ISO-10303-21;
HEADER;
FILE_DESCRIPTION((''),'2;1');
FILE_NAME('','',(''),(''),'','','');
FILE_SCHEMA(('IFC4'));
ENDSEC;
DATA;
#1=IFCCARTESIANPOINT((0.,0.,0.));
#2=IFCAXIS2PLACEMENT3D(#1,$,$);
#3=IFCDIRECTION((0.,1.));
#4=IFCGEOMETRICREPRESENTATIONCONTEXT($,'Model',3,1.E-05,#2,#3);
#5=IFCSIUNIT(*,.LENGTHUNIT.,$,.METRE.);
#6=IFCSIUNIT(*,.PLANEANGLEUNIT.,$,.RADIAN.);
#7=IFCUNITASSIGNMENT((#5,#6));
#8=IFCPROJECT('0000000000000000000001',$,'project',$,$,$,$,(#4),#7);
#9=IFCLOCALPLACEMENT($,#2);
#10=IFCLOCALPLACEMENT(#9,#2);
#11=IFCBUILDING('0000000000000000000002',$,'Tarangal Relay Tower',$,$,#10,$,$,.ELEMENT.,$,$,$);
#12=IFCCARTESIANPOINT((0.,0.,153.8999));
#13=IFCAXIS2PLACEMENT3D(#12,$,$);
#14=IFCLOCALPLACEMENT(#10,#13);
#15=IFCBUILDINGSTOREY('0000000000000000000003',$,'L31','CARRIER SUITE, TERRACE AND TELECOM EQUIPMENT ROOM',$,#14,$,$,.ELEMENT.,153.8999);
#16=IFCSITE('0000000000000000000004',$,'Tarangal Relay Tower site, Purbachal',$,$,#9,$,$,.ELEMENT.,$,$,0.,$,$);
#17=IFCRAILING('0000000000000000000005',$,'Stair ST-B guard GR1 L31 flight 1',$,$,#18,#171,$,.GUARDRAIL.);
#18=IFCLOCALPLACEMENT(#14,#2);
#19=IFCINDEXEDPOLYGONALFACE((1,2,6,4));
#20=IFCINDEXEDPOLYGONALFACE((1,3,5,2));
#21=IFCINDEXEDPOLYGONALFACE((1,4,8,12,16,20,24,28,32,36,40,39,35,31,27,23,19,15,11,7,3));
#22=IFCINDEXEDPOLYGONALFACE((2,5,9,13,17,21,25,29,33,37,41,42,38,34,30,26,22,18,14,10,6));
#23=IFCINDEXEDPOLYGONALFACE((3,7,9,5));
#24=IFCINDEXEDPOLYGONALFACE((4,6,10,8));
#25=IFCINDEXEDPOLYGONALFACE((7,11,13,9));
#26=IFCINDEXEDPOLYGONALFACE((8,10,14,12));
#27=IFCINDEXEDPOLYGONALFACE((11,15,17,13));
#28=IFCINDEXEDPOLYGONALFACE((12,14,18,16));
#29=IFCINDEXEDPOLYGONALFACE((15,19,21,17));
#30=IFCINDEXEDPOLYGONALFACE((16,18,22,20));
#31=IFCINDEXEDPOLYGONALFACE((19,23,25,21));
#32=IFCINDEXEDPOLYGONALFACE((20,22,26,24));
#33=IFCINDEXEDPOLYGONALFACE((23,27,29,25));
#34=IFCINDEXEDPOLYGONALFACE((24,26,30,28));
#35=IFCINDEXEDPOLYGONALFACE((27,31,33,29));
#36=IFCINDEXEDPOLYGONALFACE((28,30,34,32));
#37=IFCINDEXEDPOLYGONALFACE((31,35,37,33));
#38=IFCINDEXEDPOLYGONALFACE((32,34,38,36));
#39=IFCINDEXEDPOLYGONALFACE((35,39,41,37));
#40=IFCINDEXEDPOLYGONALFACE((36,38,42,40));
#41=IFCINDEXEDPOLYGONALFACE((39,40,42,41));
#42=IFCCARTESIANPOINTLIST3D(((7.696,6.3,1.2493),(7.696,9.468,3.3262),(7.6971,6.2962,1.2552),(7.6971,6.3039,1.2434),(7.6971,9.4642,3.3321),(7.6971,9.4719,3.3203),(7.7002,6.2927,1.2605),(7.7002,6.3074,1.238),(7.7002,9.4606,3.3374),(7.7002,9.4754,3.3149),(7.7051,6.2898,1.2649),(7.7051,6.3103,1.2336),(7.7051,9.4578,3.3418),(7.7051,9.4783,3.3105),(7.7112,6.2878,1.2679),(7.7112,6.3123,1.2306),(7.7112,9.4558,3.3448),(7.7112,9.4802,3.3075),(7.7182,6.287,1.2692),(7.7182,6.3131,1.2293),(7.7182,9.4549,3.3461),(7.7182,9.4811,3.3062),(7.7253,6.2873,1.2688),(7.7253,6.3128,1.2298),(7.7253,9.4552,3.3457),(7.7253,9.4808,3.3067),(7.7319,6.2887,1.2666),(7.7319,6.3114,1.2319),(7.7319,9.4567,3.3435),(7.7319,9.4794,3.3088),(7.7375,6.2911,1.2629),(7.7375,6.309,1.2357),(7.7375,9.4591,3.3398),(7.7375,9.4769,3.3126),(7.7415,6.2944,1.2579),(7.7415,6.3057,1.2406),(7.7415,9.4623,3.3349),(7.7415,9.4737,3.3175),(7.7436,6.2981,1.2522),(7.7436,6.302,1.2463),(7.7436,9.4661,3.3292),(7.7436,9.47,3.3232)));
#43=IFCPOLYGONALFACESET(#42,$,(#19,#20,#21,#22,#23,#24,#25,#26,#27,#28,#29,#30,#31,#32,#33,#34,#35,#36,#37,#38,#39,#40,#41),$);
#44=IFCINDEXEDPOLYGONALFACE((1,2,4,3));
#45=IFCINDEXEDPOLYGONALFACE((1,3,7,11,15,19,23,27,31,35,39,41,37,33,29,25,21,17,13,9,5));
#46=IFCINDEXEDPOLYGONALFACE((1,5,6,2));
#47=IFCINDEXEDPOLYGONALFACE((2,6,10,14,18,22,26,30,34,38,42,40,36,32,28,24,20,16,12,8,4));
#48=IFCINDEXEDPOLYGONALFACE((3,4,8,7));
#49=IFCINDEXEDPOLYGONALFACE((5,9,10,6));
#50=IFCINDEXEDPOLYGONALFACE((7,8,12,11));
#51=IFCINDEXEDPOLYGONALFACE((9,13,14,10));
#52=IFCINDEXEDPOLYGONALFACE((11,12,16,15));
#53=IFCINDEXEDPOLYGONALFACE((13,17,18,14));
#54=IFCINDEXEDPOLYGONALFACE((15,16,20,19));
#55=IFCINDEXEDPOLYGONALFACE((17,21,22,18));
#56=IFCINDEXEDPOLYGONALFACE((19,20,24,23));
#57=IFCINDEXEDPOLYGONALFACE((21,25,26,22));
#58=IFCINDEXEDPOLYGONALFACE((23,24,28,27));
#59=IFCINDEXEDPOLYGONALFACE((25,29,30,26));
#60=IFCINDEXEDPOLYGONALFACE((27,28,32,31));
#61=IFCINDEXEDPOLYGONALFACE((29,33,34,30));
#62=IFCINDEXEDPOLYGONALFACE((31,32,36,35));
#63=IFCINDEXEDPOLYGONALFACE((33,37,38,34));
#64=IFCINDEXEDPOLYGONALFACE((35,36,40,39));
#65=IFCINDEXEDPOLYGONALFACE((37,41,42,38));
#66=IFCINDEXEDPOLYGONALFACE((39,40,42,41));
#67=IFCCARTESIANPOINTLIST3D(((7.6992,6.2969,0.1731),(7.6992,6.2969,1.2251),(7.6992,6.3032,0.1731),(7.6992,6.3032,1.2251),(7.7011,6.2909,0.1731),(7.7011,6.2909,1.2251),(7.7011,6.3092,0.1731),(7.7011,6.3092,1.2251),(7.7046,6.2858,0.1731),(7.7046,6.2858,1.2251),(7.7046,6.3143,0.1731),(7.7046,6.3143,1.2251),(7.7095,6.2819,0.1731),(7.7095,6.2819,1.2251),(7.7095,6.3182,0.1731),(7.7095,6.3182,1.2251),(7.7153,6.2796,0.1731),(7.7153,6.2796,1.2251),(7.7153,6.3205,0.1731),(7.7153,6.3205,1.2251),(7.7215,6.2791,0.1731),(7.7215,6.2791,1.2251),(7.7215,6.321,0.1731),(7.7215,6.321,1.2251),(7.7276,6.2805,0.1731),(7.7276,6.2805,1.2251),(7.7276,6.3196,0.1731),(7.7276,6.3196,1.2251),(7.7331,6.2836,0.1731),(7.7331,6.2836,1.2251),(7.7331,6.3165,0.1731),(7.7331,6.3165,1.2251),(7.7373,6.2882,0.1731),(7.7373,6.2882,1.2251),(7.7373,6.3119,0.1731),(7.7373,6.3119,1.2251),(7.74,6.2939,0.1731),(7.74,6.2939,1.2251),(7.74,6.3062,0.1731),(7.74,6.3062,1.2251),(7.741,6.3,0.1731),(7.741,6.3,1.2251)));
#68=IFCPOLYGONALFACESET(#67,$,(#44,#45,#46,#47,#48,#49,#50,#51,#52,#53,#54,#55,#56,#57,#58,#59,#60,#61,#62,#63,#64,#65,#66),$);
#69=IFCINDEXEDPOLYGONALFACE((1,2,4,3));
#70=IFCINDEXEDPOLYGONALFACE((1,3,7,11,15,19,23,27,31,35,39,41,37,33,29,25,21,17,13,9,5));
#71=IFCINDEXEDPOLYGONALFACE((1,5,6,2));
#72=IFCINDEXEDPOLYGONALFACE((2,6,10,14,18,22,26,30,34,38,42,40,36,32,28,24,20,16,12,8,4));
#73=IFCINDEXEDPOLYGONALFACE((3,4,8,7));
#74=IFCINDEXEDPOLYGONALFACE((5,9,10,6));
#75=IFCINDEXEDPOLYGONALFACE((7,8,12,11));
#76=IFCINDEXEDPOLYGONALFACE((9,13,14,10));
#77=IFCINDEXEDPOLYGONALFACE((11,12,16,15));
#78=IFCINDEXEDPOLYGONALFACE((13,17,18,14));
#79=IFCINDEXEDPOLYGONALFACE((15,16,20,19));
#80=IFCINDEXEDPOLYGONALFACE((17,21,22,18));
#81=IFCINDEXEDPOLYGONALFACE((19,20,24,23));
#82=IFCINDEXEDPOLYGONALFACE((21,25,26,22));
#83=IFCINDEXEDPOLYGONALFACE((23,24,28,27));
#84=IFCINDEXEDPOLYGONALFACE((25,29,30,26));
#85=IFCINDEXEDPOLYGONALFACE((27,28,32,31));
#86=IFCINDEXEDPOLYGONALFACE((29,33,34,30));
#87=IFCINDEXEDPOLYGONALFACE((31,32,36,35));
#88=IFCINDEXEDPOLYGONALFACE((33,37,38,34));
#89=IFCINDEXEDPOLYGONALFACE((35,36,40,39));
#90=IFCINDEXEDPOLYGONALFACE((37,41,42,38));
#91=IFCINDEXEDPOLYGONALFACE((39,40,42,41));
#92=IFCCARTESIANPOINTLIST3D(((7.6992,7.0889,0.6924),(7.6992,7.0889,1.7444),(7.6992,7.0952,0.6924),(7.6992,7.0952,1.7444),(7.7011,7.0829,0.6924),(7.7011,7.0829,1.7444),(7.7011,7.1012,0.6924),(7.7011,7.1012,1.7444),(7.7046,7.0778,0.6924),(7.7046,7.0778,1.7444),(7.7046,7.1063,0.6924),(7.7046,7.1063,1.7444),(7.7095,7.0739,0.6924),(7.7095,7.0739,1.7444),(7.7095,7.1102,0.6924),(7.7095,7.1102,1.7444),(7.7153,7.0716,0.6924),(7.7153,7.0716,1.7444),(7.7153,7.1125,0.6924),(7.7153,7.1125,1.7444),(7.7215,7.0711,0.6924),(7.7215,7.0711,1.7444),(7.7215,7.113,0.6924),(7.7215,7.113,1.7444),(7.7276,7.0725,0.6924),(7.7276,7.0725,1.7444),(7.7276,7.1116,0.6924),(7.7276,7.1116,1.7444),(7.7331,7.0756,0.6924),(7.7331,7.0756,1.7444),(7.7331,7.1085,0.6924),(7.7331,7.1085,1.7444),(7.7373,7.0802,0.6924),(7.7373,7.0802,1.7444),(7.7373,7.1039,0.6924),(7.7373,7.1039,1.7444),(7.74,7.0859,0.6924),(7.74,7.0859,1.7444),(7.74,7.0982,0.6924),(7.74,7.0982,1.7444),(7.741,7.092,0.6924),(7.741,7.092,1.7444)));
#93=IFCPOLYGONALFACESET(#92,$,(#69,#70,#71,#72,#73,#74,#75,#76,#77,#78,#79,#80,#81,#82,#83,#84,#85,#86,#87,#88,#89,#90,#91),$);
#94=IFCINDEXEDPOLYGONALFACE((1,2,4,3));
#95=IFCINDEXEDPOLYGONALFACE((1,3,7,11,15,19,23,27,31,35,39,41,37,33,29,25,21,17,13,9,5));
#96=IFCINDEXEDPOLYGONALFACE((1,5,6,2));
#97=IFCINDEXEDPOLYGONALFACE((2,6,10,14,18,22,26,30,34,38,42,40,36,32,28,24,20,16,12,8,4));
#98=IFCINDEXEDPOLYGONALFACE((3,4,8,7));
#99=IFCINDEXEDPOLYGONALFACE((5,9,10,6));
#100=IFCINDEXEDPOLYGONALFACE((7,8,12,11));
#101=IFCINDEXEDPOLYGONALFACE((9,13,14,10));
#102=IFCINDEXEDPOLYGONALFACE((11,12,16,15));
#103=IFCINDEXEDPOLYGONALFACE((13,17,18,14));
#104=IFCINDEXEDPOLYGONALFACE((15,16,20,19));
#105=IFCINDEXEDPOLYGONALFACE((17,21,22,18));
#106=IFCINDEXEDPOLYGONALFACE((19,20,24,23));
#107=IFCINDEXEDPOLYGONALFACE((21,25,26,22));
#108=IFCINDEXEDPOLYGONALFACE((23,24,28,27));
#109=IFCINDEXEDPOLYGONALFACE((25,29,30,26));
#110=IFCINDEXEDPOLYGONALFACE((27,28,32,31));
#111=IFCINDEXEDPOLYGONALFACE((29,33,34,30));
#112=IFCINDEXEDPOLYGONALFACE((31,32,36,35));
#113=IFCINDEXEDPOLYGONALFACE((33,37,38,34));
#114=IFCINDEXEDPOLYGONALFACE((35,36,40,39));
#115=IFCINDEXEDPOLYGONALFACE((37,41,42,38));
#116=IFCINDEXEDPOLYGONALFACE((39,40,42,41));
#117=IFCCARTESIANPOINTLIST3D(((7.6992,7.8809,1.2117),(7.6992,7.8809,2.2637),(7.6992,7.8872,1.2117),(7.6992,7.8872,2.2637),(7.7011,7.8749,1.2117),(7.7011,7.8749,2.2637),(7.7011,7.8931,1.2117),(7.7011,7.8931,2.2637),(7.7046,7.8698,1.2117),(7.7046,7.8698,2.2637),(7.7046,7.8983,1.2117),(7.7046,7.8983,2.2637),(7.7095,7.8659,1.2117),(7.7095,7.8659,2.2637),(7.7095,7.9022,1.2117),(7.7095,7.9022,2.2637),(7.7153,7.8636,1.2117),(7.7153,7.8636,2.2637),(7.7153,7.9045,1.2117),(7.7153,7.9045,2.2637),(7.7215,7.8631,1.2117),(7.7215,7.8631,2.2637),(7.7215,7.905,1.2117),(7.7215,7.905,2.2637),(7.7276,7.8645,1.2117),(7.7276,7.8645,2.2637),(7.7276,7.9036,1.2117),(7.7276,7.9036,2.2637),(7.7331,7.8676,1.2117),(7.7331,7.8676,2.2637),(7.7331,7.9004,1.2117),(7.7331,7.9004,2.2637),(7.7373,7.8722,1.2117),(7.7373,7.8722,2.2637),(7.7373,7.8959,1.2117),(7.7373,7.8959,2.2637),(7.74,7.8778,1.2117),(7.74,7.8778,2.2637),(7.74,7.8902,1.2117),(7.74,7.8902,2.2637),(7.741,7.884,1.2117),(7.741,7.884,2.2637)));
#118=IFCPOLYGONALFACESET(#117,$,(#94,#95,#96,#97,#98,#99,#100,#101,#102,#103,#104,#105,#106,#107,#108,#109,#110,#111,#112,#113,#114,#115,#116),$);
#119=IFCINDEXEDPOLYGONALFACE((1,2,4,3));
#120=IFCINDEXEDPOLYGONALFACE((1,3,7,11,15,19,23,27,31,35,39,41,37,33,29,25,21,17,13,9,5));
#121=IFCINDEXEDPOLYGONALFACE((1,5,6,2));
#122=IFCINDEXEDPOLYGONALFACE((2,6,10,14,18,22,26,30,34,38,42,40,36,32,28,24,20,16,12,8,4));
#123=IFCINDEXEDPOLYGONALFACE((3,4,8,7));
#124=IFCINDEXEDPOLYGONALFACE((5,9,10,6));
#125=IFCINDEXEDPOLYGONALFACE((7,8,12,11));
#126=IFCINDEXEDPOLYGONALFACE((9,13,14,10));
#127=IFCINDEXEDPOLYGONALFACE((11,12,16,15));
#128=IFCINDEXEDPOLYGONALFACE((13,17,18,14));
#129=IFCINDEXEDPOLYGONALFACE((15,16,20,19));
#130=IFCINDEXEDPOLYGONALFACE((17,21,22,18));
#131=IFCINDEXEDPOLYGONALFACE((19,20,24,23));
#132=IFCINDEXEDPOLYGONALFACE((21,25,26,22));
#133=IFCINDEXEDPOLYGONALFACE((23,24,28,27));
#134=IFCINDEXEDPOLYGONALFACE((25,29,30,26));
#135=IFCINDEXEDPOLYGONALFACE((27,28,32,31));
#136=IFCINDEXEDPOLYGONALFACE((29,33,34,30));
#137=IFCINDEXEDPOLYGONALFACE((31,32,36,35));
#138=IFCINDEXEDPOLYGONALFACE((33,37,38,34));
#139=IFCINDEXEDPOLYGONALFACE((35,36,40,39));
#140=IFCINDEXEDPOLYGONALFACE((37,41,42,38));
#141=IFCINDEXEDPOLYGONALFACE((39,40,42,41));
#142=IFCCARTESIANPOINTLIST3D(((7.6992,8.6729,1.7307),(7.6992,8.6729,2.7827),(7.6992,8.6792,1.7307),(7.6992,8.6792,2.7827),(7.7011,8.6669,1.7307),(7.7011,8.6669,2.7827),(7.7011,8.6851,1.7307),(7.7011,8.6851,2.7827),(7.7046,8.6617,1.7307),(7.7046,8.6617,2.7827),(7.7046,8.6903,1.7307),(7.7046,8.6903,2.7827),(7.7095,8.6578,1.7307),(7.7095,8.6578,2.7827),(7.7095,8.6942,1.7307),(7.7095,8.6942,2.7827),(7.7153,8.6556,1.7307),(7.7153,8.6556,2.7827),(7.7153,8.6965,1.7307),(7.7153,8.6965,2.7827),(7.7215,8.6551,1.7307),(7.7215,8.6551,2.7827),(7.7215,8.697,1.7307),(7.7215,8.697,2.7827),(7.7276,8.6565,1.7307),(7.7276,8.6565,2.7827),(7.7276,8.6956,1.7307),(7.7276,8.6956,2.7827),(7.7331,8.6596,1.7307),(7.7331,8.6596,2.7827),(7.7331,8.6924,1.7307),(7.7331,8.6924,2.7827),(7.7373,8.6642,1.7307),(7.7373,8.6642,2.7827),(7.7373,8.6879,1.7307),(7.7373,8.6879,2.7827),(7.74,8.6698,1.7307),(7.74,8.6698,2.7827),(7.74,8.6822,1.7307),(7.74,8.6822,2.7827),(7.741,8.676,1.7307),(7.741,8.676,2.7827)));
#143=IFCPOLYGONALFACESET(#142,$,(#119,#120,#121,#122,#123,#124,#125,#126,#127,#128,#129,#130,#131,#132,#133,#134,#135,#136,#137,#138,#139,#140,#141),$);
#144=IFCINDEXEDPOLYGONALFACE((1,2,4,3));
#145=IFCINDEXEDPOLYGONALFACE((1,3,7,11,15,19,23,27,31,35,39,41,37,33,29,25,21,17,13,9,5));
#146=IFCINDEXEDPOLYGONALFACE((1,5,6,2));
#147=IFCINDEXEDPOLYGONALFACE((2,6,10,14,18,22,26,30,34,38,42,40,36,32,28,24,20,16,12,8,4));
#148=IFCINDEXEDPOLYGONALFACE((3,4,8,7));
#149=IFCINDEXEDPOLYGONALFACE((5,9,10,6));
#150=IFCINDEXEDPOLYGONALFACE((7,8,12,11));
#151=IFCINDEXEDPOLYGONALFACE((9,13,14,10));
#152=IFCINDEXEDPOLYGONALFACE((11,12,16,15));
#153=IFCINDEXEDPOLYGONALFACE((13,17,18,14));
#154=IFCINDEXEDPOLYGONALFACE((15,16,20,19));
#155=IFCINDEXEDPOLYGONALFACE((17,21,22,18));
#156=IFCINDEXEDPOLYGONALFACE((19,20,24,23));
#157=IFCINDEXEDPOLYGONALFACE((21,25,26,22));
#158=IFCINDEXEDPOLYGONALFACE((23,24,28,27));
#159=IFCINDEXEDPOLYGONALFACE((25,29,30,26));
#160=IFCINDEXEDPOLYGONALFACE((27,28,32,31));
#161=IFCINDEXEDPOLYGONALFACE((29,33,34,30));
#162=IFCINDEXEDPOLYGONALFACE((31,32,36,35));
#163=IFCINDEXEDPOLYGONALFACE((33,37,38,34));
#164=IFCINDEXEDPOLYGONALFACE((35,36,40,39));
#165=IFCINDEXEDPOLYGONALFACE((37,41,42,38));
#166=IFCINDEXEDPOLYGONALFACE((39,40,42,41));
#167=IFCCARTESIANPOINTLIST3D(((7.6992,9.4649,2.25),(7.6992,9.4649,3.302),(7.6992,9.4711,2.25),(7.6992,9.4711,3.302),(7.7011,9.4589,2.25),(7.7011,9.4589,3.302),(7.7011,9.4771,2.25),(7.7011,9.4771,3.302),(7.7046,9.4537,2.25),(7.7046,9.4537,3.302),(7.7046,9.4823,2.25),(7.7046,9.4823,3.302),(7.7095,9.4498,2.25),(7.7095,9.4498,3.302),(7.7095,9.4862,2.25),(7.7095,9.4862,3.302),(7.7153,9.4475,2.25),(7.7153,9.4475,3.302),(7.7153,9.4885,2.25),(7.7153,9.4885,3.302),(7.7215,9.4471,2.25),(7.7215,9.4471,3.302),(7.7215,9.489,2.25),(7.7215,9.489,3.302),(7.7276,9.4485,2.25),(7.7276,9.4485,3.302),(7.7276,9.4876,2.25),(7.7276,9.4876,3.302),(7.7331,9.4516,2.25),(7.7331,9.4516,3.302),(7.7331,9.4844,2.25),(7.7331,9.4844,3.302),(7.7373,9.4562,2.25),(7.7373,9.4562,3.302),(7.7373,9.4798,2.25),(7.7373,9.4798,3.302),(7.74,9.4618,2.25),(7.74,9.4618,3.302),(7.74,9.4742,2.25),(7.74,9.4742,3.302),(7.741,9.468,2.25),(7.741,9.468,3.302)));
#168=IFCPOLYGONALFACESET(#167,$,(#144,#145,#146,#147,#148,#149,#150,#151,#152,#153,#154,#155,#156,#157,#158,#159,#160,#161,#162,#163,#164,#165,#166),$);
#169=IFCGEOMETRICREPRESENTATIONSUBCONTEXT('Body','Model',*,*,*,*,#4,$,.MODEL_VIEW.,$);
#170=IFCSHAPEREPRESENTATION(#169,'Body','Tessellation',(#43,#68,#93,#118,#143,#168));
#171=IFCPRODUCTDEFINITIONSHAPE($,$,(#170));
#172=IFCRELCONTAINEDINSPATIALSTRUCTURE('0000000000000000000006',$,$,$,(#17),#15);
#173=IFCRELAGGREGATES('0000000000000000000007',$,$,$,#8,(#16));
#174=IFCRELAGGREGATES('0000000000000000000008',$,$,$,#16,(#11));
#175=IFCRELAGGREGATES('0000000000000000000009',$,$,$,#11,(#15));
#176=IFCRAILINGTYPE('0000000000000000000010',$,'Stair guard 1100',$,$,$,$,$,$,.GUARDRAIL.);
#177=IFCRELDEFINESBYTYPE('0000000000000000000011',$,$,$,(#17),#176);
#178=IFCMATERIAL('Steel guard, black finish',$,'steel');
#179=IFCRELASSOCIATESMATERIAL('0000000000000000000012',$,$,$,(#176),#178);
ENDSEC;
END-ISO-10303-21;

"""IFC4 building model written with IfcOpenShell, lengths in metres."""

from ifc_helpers import new_model, si_unit, direction, frame, origin, origin_2d, place, context, subcontext, project, spatial, circle, extrude, material, type_object, element, save


model = new_model("IFC4")

# Units and contexts
model_context = context("Model", 3, precision=1e-05, world=origin(), true_north=direction((0.0, 1.0)))
body_context = subcontext(model_context, "Body", "Model", "MODEL_VIEW")
ifc_project = project(units=[si_unit("LENGTHUNIT", "METRE"), si_unit("PLANEANGLEUNIT", "RADIAN")], contexts=[model_context])

# Site, building, storey
site_placement = place(None, origin())
site = spatial("IfcSite", under=ifc_project, at=site_placement, Name="Tarangal Relay Tower site, Purbachal", CompositionType="ELEMENT", RefElevation=0.0)
building_placement = place(site_placement, origin())
building = spatial("IfcBuilding", under=site, at=building_placement, Name="Tarangal Relay Tower", CompositionType="ELEMENT")
storey_placement = place(building_placement, frame((0.0, 0.0, 153.8999)))
storey = spatial("IfcBuildingStorey", under=building, at=storey_placement, Name="L31", Description="CARRIER SUITE, TERRACE AND TELECOM EQUIPMENT ROOM", CompositionType="ELEMENT", Elevation=153.8999)

# Railing
ifc_material_1 = material(Name="Steel guard, black finish", Category="steel")
railing_type_1 = type_object("IfcRailingType", Name="Stair guard 1100", PredefinedType="GUARDRAIL", material=ifc_material_1)
railing_1_placement = place(storey_placement, frame((7.72, 6.3, 0.1731)))
element("IfcRailing", 1, at=railing_1_placement, inside=storey, type_object=railing_type_1, Name="Stair ST-B guard GR1 L31 flight 1", PredefinedType="GUARDRAIL", context=body_context, shape_type="SweptSolid", body=[
    extrude(circle(Radius=0.0239, at=origin_2d()), frame((0.0, 0.0, 1.0762), z_axis=(0.0, 0.836299, 0.548273), x_axis=(-1.0, 0.0, 0.0)), (0.0, 0.0, 1.0), 3.7881),
    extrude(circle(Radius=0.021, at=origin_2d()), origin(), (0.0, 0.0, 1.0), 1.052),
    extrude(circle(Radius=0.021, at=origin_2d()), frame((0.0, 0.792, 0.5193)), (0.0, 0.0, 1.0), 1.052),
    extrude(circle(Radius=0.021, at=origin_2d()), frame((0.0, 1.584, 1.0386)), (0.0, 0.0, 1.0), 1.052),
    extrude(circle(Radius=0.021, at=origin_2d()), frame((0.0, 2.376, 1.5576)), (0.0, 0.0, 1.0), 1.052),
    extrude(circle(Radius=0.021, at=origin_2d()), frame((0.0, 3.168, 2.0769)), (0.0, 0.0, 1.0), 1.052),
])

save(model, "model.ifc")
